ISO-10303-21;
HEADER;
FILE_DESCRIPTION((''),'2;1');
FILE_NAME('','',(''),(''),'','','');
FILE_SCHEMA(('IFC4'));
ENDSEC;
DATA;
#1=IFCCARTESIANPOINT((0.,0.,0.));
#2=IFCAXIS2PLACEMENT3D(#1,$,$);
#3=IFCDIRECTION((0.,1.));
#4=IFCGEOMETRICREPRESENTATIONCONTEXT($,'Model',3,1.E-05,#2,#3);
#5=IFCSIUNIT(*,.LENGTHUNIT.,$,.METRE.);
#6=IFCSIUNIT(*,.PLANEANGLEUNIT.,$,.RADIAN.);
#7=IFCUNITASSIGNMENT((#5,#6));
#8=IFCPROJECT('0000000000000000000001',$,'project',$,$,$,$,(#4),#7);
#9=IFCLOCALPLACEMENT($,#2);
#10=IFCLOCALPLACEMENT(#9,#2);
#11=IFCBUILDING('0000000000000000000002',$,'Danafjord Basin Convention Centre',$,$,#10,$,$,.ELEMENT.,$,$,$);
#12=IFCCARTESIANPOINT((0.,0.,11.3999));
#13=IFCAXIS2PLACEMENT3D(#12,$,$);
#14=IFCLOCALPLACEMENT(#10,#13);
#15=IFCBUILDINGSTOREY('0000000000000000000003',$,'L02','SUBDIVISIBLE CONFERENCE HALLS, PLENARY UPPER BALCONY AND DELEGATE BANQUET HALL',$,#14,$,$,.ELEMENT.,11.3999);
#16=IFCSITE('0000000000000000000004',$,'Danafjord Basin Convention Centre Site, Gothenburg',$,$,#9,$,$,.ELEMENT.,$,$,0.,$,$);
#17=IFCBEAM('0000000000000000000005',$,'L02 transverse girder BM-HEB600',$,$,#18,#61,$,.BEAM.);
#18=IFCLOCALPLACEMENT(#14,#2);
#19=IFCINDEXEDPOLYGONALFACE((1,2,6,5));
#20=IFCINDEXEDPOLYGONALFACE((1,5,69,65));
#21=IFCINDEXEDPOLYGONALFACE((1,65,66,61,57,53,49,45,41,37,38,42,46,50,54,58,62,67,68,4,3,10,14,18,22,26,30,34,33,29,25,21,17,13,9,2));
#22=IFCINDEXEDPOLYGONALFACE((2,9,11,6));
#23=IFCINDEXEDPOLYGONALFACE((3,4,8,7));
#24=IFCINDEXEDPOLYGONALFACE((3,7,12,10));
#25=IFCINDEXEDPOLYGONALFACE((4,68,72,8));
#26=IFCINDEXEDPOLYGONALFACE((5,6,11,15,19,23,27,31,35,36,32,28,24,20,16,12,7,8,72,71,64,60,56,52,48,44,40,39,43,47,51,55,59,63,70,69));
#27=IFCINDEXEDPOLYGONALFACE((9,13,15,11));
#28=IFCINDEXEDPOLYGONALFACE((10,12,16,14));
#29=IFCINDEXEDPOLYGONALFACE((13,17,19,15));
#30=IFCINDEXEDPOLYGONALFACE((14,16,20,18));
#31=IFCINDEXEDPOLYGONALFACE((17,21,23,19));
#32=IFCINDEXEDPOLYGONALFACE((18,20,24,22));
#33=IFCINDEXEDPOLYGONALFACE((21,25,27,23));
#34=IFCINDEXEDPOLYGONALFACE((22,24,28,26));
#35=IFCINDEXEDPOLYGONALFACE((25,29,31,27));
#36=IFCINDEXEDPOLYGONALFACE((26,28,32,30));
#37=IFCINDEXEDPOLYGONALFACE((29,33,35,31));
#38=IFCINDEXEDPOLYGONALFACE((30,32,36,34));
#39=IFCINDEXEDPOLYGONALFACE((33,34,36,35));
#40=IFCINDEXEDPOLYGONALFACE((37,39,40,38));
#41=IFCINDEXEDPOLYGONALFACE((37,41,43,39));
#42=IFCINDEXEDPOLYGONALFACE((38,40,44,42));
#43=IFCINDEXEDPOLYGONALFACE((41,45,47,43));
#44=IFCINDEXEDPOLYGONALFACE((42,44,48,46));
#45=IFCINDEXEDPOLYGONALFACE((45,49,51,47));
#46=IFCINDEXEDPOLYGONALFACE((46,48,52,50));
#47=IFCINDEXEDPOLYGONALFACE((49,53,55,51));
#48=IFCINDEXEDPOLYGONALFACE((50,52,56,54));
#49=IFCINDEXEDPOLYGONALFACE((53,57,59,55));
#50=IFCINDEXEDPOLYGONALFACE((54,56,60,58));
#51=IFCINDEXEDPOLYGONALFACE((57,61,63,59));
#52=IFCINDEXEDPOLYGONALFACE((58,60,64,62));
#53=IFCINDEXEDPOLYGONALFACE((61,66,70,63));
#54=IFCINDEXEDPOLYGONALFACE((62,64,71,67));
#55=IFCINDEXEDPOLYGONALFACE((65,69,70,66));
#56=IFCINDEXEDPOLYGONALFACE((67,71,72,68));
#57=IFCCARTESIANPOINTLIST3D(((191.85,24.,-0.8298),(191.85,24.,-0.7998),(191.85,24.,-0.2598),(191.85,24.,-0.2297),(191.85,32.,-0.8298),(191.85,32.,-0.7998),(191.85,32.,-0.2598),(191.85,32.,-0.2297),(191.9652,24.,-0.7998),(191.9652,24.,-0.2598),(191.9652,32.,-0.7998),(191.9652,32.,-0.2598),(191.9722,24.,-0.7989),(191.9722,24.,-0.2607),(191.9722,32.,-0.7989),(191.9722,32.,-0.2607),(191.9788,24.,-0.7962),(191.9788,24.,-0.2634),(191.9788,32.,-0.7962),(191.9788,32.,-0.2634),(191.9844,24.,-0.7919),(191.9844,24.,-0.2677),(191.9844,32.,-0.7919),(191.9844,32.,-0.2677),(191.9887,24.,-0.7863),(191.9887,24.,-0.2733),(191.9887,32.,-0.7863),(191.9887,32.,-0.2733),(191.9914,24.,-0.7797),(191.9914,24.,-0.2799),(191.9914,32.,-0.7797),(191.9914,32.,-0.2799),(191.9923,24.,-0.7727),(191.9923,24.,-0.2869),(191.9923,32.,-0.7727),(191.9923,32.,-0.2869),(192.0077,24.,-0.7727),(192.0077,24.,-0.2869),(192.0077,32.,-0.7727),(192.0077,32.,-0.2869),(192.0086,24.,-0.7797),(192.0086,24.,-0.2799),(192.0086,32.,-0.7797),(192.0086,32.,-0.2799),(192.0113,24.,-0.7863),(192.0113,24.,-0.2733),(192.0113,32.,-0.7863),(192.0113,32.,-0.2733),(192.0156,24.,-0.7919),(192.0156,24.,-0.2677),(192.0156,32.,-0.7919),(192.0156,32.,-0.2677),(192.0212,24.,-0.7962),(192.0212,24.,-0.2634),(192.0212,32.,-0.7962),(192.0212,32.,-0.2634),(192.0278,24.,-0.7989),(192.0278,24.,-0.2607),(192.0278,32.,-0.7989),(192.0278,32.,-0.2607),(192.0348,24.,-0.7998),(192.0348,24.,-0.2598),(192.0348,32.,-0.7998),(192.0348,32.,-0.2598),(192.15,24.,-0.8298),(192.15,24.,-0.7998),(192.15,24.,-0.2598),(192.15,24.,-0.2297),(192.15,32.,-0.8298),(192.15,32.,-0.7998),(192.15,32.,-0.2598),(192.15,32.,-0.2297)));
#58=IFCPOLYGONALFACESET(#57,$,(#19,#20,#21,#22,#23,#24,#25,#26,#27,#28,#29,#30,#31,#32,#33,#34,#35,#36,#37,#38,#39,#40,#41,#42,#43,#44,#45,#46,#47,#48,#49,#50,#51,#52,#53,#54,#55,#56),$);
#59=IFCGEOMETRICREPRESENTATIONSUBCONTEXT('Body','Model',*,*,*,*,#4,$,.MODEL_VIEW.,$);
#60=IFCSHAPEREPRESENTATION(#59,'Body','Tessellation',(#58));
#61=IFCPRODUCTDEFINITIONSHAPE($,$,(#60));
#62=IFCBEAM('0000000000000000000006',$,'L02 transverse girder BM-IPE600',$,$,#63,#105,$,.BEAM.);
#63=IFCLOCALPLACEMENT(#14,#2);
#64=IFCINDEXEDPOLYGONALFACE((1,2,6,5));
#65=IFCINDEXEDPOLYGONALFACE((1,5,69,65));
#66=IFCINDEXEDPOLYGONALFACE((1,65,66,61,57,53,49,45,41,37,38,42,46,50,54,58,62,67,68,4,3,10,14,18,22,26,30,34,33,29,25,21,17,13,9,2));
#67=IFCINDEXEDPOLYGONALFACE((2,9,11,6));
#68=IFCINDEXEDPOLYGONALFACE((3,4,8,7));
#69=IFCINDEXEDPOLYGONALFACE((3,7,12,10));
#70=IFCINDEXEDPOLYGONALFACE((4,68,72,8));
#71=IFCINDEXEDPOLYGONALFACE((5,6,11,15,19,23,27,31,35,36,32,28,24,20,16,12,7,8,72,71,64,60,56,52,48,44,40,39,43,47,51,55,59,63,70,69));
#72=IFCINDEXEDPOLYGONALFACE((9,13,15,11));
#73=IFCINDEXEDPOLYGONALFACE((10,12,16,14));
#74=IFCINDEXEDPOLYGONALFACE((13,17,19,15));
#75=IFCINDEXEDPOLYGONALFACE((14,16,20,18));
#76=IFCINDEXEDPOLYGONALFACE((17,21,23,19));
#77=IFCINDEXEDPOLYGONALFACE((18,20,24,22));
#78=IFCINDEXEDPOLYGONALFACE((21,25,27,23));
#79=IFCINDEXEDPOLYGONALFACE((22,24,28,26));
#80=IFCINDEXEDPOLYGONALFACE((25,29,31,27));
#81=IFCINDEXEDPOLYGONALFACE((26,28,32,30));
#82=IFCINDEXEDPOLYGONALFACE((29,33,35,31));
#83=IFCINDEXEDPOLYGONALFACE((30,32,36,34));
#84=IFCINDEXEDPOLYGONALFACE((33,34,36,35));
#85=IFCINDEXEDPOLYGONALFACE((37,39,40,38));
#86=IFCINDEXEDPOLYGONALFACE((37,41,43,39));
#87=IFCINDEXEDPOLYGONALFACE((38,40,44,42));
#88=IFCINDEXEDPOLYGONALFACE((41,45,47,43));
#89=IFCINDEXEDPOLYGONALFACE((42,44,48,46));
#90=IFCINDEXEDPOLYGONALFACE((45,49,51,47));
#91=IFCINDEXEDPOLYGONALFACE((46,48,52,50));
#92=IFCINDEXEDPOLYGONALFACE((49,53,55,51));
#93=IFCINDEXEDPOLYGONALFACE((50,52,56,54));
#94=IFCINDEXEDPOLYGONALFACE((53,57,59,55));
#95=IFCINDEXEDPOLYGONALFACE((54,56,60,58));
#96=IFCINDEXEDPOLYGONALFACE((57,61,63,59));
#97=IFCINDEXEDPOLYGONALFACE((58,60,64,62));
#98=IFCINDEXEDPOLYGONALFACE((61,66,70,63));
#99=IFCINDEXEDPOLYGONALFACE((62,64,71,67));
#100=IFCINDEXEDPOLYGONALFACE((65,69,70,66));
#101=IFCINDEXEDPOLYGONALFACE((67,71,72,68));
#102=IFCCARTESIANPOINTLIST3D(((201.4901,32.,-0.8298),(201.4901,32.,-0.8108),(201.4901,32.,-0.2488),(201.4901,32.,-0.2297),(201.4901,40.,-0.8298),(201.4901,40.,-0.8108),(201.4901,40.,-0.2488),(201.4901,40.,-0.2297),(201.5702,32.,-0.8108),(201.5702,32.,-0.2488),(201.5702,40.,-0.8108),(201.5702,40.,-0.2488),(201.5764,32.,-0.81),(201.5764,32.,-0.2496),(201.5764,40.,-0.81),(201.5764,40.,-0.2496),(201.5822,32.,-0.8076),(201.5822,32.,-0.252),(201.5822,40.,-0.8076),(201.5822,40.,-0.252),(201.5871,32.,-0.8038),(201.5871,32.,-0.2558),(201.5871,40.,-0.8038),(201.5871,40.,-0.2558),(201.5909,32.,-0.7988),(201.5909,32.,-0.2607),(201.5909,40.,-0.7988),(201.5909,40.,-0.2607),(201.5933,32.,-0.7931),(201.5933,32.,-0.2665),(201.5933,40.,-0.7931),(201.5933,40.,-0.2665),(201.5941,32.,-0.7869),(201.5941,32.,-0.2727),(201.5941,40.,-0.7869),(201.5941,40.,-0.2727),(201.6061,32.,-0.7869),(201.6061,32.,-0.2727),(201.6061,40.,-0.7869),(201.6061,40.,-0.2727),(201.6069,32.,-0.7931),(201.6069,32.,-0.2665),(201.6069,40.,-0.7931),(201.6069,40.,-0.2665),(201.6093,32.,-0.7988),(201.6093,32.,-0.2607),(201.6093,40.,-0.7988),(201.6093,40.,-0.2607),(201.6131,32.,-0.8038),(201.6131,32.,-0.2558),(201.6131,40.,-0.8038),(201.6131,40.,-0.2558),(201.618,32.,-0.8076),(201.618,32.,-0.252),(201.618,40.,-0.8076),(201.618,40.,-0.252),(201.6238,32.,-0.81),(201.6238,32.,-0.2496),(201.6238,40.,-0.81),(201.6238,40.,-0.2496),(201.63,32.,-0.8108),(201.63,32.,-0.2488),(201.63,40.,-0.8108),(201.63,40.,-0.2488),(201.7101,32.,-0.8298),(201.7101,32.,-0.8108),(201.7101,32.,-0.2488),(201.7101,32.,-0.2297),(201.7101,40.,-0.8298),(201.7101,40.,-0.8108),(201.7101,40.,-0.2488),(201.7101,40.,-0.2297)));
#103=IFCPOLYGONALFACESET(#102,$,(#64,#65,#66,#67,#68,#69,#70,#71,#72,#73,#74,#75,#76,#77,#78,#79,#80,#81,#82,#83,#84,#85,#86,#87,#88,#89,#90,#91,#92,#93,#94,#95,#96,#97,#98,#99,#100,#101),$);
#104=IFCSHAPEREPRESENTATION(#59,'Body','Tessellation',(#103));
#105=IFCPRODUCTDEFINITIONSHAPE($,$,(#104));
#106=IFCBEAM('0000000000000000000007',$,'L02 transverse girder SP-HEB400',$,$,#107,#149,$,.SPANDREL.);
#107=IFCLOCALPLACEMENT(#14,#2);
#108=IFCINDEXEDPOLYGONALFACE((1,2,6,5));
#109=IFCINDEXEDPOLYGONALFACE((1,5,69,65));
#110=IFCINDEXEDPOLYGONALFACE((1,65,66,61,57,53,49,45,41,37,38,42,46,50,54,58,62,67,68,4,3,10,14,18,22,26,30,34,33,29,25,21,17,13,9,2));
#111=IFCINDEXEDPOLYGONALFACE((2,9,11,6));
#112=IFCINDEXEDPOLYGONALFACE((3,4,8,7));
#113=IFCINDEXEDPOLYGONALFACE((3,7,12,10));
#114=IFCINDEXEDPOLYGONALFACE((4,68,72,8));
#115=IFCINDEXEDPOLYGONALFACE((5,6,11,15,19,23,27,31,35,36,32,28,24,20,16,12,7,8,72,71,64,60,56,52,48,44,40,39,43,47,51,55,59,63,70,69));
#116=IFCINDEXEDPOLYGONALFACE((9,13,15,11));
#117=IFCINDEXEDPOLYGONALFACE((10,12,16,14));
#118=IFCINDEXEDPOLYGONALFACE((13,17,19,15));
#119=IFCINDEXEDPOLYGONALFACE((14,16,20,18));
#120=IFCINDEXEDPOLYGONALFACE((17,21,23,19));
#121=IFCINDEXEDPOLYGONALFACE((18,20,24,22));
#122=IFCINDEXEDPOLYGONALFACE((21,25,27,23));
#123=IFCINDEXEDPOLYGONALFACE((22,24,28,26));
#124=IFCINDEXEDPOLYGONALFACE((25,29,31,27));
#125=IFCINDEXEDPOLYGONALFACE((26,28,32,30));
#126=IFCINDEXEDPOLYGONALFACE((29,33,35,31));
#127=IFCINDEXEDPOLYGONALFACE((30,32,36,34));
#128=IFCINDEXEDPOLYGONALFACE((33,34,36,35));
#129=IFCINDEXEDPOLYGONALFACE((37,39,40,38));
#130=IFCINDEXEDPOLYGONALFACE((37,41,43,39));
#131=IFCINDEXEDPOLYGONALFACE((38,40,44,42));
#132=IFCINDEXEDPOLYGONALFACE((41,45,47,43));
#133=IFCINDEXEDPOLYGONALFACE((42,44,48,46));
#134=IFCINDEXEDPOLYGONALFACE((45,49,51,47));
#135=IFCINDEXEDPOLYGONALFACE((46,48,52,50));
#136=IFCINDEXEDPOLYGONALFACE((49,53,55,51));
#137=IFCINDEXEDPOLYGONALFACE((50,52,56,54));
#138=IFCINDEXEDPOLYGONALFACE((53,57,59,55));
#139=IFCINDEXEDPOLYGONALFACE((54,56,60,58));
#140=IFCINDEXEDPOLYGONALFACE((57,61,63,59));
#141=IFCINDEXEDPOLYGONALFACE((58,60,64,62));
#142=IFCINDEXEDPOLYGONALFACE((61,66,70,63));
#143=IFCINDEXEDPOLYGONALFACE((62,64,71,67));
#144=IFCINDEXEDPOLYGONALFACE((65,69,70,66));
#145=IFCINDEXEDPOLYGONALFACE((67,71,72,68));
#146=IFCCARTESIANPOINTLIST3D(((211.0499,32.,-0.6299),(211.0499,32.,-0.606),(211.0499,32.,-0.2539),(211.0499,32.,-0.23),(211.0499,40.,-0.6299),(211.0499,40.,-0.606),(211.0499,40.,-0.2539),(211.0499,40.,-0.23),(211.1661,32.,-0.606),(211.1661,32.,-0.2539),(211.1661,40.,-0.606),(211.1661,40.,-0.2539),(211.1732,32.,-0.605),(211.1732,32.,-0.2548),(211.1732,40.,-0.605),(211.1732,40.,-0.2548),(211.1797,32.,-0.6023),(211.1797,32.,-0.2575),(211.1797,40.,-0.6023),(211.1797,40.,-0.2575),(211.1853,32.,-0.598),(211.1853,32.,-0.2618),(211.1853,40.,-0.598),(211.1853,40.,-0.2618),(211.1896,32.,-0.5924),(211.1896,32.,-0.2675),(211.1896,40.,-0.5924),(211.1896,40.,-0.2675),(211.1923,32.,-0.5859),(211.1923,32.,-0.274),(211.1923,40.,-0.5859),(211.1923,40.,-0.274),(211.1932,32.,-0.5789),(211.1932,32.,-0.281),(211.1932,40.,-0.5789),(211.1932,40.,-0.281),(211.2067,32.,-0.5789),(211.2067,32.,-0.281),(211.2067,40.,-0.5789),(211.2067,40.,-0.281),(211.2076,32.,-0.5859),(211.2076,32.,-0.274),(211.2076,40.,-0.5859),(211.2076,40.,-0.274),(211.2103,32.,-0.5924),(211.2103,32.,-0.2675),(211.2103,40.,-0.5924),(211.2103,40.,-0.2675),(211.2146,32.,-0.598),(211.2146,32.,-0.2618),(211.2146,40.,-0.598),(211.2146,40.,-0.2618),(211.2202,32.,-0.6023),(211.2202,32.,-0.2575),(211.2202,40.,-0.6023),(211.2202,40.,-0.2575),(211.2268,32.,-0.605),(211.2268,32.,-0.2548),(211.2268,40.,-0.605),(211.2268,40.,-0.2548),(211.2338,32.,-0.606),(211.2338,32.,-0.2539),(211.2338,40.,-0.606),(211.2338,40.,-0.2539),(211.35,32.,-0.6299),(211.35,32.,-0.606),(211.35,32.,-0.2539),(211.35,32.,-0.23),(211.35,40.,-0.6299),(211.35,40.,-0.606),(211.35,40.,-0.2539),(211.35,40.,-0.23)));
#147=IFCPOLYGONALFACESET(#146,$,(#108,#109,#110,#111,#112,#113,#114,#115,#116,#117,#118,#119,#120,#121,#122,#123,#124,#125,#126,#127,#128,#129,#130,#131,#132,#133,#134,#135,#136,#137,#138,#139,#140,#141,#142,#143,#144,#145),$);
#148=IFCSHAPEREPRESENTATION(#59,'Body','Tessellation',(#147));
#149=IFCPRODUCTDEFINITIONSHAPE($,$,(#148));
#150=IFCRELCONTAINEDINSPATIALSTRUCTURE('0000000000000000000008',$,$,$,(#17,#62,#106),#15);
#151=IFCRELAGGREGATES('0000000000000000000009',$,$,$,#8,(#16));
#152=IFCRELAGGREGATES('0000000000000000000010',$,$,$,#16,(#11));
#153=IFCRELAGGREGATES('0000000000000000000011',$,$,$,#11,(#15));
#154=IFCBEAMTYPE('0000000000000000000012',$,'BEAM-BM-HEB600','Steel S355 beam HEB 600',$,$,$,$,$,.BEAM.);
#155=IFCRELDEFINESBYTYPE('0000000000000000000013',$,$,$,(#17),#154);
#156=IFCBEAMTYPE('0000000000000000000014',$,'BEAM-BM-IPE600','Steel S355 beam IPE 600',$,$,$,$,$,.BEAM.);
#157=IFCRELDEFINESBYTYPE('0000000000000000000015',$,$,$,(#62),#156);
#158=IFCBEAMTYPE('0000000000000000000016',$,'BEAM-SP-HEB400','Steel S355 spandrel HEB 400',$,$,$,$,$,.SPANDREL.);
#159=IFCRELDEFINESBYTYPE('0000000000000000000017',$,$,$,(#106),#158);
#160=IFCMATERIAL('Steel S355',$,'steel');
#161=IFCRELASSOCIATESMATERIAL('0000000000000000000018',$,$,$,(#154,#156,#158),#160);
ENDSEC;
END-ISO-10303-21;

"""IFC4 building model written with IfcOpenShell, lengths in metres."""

from ifc_helpers import new_model, si_unit, direction, frame, origin, origin_2d, place, context, subcontext, project, spatial, i_section, extrude, material, material_profile, profile_set, type_object, element, save


model = new_model("IFC4")

# Units and contexts
model_context = context("Model", 3, precision=1e-05, world=origin(), true_north=direction((0.0, 1.0)))
body_context = subcontext(model_context, "Body", "Model", "MODEL_VIEW")
ifc_project = project(units=[si_unit("LENGTHUNIT", "METRE"), si_unit("PLANEANGLEUNIT", "RADIAN")], contexts=[model_context])

# Site, building, storey
site_placement = place(None, origin())
site = spatial("IfcSite", under=ifc_project, at=site_placement, Name="Danafjord Basin Convention Centre Site, Gothenburg", CompositionType="ELEMENT", RefElevation=0.0)
building_placement = place(site_placement, origin())
building = spatial("IfcBuilding", under=site, at=building_placement, Name="Danafjord Basin Convention Centre", CompositionType="ELEMENT")
storey_placement = place(building_placement, frame((0.0, 0.0, 11.3999)))
storey = spatial("IfcBuildingStorey", under=building, at=storey_placement, Name="L02", Description="SUBDIVISIBLE CONFERENCE HALLS, PLENARY UPPER BALCONY AND DELEGATE BANQUET HALL", CompositionType="ELEMENT", Elevation=11.3999)

# Shared definitions
ifc_material_1 = material(Name="Steel S355", Category="steel")

# Beams
ifc_material_profile_1 = material_profile(ifc_material_1, i_section(OverallWidth=0.3, OverallDepth=0.6001, WebThickness=0.0154, FlangeThickness=0.03, FilletRadius=0.0271, at=origin_2d()), Name="HEB 600")
ifc_profile_set_1 = profile_set([ifc_material_profile_1], Name="Steel S355")
beam_type_1 = type_object("IfcBeamType", Name="BEAM-BM-HEB600", Description="Steel S355 beam HEB 600", PredefinedType="BEAM", material=ifc_profile_set_1)
beam_1_placement = place(storey_placement, frame((192.0, 24.0, -0.5298), z_axis=(0.0, 1.0, 0.0), x_axis=(-1.0, 0.0, 0.0)))
element("IfcBeam", 1, at=beam_1_placement, inside=storey, type_object=beam_type_1, Name="L02 transverse girder BM-HEB600", PredefinedType="BEAM", context=body_context, shape_type="SweptSolid", body=[
    extrude(i_section(OverallWidth=0.3, OverallDepth=0.6001, WebThickness=0.0154, FlangeThickness=0.03, FilletRadius=0.0271, at=origin_2d()), origin(), (0.0, 0.0, 1.0), 8.0),
])
ifc_material_profile_2 = material_profile(ifc_material_1, i_section(OverallWidth=0.22, OverallDepth=0.6001, WebThickness=0.012, FlangeThickness=0.019, FilletRadius=0.0239, at=origin_2d()), Name="IPE 600")
ifc_profile_set_2 = profile_set([ifc_material_profile_2], Name="Steel S355")
beam_type_2 = type_object("IfcBeamType", Name="BEAM-BM-IPE600", Description="Steel S355 beam IPE 600", PredefinedType="BEAM", material=ifc_profile_set_2)
beam_2_placement = place(storey_placement, frame((201.6001, 32.0, -0.5298), z_axis=(0.0, 1.0, 0.0), x_axis=(-1.0, 0.0, 0.0)))
element("IfcBeam", 2, at=beam_2_placement, inside=storey, type_object=beam_type_2, Name="L02 transverse girder BM-IPE600", PredefinedType="BEAM", context=body_context, shape_type="SweptSolid", body=[
    extrude(i_section(OverallWidth=0.22, OverallDepth=0.6001, WebThickness=0.012, FlangeThickness=0.019, FilletRadius=0.0239, at=origin_2d()), origin(), (0.0, 0.0, 1.0), 8.0),
])
ifc_material_profile_3 = material_profile(ifc_material_1, i_section(OverallWidth=0.3, OverallDepth=0.3999, WebThickness=0.0134, FlangeThickness=0.0239, FilletRadius=0.0271, at=origin_2d()), Name="HEB 400")
ifc_profile_set_3 = profile_set([ifc_material_profile_3], Name="Steel S355")
beam_type_3 = type_object("IfcBeamType", Name="BEAM-SP-HEB400", Description="Steel S355 spandrel HEB 400", PredefinedType="SPANDREL", material=ifc_profile_set_3)
beam_3_placement = place(storey_placement, frame((211.2, 32.0, -0.4299), z_axis=(0.0, 1.0, 0.0), x_axis=(-1.0, 0.0, 0.0)))
element("IfcBeam", 3, at=beam_3_placement, inside=storey, type_object=beam_type_3, Name="L02 transverse girder SP-HEB400", PredefinedType="SPANDREL", context=body_context, shape_type="SweptSolid", body=[
    extrude(i_section(OverallWidth=0.3, OverallDepth=0.3999, WebThickness=0.0134, FlangeThickness=0.0239, FilletRadius=0.0271, at=origin_2d()), origin(), (0.0, 0.0, 1.0), 8.0),
])

save(model, "model.ifc")
